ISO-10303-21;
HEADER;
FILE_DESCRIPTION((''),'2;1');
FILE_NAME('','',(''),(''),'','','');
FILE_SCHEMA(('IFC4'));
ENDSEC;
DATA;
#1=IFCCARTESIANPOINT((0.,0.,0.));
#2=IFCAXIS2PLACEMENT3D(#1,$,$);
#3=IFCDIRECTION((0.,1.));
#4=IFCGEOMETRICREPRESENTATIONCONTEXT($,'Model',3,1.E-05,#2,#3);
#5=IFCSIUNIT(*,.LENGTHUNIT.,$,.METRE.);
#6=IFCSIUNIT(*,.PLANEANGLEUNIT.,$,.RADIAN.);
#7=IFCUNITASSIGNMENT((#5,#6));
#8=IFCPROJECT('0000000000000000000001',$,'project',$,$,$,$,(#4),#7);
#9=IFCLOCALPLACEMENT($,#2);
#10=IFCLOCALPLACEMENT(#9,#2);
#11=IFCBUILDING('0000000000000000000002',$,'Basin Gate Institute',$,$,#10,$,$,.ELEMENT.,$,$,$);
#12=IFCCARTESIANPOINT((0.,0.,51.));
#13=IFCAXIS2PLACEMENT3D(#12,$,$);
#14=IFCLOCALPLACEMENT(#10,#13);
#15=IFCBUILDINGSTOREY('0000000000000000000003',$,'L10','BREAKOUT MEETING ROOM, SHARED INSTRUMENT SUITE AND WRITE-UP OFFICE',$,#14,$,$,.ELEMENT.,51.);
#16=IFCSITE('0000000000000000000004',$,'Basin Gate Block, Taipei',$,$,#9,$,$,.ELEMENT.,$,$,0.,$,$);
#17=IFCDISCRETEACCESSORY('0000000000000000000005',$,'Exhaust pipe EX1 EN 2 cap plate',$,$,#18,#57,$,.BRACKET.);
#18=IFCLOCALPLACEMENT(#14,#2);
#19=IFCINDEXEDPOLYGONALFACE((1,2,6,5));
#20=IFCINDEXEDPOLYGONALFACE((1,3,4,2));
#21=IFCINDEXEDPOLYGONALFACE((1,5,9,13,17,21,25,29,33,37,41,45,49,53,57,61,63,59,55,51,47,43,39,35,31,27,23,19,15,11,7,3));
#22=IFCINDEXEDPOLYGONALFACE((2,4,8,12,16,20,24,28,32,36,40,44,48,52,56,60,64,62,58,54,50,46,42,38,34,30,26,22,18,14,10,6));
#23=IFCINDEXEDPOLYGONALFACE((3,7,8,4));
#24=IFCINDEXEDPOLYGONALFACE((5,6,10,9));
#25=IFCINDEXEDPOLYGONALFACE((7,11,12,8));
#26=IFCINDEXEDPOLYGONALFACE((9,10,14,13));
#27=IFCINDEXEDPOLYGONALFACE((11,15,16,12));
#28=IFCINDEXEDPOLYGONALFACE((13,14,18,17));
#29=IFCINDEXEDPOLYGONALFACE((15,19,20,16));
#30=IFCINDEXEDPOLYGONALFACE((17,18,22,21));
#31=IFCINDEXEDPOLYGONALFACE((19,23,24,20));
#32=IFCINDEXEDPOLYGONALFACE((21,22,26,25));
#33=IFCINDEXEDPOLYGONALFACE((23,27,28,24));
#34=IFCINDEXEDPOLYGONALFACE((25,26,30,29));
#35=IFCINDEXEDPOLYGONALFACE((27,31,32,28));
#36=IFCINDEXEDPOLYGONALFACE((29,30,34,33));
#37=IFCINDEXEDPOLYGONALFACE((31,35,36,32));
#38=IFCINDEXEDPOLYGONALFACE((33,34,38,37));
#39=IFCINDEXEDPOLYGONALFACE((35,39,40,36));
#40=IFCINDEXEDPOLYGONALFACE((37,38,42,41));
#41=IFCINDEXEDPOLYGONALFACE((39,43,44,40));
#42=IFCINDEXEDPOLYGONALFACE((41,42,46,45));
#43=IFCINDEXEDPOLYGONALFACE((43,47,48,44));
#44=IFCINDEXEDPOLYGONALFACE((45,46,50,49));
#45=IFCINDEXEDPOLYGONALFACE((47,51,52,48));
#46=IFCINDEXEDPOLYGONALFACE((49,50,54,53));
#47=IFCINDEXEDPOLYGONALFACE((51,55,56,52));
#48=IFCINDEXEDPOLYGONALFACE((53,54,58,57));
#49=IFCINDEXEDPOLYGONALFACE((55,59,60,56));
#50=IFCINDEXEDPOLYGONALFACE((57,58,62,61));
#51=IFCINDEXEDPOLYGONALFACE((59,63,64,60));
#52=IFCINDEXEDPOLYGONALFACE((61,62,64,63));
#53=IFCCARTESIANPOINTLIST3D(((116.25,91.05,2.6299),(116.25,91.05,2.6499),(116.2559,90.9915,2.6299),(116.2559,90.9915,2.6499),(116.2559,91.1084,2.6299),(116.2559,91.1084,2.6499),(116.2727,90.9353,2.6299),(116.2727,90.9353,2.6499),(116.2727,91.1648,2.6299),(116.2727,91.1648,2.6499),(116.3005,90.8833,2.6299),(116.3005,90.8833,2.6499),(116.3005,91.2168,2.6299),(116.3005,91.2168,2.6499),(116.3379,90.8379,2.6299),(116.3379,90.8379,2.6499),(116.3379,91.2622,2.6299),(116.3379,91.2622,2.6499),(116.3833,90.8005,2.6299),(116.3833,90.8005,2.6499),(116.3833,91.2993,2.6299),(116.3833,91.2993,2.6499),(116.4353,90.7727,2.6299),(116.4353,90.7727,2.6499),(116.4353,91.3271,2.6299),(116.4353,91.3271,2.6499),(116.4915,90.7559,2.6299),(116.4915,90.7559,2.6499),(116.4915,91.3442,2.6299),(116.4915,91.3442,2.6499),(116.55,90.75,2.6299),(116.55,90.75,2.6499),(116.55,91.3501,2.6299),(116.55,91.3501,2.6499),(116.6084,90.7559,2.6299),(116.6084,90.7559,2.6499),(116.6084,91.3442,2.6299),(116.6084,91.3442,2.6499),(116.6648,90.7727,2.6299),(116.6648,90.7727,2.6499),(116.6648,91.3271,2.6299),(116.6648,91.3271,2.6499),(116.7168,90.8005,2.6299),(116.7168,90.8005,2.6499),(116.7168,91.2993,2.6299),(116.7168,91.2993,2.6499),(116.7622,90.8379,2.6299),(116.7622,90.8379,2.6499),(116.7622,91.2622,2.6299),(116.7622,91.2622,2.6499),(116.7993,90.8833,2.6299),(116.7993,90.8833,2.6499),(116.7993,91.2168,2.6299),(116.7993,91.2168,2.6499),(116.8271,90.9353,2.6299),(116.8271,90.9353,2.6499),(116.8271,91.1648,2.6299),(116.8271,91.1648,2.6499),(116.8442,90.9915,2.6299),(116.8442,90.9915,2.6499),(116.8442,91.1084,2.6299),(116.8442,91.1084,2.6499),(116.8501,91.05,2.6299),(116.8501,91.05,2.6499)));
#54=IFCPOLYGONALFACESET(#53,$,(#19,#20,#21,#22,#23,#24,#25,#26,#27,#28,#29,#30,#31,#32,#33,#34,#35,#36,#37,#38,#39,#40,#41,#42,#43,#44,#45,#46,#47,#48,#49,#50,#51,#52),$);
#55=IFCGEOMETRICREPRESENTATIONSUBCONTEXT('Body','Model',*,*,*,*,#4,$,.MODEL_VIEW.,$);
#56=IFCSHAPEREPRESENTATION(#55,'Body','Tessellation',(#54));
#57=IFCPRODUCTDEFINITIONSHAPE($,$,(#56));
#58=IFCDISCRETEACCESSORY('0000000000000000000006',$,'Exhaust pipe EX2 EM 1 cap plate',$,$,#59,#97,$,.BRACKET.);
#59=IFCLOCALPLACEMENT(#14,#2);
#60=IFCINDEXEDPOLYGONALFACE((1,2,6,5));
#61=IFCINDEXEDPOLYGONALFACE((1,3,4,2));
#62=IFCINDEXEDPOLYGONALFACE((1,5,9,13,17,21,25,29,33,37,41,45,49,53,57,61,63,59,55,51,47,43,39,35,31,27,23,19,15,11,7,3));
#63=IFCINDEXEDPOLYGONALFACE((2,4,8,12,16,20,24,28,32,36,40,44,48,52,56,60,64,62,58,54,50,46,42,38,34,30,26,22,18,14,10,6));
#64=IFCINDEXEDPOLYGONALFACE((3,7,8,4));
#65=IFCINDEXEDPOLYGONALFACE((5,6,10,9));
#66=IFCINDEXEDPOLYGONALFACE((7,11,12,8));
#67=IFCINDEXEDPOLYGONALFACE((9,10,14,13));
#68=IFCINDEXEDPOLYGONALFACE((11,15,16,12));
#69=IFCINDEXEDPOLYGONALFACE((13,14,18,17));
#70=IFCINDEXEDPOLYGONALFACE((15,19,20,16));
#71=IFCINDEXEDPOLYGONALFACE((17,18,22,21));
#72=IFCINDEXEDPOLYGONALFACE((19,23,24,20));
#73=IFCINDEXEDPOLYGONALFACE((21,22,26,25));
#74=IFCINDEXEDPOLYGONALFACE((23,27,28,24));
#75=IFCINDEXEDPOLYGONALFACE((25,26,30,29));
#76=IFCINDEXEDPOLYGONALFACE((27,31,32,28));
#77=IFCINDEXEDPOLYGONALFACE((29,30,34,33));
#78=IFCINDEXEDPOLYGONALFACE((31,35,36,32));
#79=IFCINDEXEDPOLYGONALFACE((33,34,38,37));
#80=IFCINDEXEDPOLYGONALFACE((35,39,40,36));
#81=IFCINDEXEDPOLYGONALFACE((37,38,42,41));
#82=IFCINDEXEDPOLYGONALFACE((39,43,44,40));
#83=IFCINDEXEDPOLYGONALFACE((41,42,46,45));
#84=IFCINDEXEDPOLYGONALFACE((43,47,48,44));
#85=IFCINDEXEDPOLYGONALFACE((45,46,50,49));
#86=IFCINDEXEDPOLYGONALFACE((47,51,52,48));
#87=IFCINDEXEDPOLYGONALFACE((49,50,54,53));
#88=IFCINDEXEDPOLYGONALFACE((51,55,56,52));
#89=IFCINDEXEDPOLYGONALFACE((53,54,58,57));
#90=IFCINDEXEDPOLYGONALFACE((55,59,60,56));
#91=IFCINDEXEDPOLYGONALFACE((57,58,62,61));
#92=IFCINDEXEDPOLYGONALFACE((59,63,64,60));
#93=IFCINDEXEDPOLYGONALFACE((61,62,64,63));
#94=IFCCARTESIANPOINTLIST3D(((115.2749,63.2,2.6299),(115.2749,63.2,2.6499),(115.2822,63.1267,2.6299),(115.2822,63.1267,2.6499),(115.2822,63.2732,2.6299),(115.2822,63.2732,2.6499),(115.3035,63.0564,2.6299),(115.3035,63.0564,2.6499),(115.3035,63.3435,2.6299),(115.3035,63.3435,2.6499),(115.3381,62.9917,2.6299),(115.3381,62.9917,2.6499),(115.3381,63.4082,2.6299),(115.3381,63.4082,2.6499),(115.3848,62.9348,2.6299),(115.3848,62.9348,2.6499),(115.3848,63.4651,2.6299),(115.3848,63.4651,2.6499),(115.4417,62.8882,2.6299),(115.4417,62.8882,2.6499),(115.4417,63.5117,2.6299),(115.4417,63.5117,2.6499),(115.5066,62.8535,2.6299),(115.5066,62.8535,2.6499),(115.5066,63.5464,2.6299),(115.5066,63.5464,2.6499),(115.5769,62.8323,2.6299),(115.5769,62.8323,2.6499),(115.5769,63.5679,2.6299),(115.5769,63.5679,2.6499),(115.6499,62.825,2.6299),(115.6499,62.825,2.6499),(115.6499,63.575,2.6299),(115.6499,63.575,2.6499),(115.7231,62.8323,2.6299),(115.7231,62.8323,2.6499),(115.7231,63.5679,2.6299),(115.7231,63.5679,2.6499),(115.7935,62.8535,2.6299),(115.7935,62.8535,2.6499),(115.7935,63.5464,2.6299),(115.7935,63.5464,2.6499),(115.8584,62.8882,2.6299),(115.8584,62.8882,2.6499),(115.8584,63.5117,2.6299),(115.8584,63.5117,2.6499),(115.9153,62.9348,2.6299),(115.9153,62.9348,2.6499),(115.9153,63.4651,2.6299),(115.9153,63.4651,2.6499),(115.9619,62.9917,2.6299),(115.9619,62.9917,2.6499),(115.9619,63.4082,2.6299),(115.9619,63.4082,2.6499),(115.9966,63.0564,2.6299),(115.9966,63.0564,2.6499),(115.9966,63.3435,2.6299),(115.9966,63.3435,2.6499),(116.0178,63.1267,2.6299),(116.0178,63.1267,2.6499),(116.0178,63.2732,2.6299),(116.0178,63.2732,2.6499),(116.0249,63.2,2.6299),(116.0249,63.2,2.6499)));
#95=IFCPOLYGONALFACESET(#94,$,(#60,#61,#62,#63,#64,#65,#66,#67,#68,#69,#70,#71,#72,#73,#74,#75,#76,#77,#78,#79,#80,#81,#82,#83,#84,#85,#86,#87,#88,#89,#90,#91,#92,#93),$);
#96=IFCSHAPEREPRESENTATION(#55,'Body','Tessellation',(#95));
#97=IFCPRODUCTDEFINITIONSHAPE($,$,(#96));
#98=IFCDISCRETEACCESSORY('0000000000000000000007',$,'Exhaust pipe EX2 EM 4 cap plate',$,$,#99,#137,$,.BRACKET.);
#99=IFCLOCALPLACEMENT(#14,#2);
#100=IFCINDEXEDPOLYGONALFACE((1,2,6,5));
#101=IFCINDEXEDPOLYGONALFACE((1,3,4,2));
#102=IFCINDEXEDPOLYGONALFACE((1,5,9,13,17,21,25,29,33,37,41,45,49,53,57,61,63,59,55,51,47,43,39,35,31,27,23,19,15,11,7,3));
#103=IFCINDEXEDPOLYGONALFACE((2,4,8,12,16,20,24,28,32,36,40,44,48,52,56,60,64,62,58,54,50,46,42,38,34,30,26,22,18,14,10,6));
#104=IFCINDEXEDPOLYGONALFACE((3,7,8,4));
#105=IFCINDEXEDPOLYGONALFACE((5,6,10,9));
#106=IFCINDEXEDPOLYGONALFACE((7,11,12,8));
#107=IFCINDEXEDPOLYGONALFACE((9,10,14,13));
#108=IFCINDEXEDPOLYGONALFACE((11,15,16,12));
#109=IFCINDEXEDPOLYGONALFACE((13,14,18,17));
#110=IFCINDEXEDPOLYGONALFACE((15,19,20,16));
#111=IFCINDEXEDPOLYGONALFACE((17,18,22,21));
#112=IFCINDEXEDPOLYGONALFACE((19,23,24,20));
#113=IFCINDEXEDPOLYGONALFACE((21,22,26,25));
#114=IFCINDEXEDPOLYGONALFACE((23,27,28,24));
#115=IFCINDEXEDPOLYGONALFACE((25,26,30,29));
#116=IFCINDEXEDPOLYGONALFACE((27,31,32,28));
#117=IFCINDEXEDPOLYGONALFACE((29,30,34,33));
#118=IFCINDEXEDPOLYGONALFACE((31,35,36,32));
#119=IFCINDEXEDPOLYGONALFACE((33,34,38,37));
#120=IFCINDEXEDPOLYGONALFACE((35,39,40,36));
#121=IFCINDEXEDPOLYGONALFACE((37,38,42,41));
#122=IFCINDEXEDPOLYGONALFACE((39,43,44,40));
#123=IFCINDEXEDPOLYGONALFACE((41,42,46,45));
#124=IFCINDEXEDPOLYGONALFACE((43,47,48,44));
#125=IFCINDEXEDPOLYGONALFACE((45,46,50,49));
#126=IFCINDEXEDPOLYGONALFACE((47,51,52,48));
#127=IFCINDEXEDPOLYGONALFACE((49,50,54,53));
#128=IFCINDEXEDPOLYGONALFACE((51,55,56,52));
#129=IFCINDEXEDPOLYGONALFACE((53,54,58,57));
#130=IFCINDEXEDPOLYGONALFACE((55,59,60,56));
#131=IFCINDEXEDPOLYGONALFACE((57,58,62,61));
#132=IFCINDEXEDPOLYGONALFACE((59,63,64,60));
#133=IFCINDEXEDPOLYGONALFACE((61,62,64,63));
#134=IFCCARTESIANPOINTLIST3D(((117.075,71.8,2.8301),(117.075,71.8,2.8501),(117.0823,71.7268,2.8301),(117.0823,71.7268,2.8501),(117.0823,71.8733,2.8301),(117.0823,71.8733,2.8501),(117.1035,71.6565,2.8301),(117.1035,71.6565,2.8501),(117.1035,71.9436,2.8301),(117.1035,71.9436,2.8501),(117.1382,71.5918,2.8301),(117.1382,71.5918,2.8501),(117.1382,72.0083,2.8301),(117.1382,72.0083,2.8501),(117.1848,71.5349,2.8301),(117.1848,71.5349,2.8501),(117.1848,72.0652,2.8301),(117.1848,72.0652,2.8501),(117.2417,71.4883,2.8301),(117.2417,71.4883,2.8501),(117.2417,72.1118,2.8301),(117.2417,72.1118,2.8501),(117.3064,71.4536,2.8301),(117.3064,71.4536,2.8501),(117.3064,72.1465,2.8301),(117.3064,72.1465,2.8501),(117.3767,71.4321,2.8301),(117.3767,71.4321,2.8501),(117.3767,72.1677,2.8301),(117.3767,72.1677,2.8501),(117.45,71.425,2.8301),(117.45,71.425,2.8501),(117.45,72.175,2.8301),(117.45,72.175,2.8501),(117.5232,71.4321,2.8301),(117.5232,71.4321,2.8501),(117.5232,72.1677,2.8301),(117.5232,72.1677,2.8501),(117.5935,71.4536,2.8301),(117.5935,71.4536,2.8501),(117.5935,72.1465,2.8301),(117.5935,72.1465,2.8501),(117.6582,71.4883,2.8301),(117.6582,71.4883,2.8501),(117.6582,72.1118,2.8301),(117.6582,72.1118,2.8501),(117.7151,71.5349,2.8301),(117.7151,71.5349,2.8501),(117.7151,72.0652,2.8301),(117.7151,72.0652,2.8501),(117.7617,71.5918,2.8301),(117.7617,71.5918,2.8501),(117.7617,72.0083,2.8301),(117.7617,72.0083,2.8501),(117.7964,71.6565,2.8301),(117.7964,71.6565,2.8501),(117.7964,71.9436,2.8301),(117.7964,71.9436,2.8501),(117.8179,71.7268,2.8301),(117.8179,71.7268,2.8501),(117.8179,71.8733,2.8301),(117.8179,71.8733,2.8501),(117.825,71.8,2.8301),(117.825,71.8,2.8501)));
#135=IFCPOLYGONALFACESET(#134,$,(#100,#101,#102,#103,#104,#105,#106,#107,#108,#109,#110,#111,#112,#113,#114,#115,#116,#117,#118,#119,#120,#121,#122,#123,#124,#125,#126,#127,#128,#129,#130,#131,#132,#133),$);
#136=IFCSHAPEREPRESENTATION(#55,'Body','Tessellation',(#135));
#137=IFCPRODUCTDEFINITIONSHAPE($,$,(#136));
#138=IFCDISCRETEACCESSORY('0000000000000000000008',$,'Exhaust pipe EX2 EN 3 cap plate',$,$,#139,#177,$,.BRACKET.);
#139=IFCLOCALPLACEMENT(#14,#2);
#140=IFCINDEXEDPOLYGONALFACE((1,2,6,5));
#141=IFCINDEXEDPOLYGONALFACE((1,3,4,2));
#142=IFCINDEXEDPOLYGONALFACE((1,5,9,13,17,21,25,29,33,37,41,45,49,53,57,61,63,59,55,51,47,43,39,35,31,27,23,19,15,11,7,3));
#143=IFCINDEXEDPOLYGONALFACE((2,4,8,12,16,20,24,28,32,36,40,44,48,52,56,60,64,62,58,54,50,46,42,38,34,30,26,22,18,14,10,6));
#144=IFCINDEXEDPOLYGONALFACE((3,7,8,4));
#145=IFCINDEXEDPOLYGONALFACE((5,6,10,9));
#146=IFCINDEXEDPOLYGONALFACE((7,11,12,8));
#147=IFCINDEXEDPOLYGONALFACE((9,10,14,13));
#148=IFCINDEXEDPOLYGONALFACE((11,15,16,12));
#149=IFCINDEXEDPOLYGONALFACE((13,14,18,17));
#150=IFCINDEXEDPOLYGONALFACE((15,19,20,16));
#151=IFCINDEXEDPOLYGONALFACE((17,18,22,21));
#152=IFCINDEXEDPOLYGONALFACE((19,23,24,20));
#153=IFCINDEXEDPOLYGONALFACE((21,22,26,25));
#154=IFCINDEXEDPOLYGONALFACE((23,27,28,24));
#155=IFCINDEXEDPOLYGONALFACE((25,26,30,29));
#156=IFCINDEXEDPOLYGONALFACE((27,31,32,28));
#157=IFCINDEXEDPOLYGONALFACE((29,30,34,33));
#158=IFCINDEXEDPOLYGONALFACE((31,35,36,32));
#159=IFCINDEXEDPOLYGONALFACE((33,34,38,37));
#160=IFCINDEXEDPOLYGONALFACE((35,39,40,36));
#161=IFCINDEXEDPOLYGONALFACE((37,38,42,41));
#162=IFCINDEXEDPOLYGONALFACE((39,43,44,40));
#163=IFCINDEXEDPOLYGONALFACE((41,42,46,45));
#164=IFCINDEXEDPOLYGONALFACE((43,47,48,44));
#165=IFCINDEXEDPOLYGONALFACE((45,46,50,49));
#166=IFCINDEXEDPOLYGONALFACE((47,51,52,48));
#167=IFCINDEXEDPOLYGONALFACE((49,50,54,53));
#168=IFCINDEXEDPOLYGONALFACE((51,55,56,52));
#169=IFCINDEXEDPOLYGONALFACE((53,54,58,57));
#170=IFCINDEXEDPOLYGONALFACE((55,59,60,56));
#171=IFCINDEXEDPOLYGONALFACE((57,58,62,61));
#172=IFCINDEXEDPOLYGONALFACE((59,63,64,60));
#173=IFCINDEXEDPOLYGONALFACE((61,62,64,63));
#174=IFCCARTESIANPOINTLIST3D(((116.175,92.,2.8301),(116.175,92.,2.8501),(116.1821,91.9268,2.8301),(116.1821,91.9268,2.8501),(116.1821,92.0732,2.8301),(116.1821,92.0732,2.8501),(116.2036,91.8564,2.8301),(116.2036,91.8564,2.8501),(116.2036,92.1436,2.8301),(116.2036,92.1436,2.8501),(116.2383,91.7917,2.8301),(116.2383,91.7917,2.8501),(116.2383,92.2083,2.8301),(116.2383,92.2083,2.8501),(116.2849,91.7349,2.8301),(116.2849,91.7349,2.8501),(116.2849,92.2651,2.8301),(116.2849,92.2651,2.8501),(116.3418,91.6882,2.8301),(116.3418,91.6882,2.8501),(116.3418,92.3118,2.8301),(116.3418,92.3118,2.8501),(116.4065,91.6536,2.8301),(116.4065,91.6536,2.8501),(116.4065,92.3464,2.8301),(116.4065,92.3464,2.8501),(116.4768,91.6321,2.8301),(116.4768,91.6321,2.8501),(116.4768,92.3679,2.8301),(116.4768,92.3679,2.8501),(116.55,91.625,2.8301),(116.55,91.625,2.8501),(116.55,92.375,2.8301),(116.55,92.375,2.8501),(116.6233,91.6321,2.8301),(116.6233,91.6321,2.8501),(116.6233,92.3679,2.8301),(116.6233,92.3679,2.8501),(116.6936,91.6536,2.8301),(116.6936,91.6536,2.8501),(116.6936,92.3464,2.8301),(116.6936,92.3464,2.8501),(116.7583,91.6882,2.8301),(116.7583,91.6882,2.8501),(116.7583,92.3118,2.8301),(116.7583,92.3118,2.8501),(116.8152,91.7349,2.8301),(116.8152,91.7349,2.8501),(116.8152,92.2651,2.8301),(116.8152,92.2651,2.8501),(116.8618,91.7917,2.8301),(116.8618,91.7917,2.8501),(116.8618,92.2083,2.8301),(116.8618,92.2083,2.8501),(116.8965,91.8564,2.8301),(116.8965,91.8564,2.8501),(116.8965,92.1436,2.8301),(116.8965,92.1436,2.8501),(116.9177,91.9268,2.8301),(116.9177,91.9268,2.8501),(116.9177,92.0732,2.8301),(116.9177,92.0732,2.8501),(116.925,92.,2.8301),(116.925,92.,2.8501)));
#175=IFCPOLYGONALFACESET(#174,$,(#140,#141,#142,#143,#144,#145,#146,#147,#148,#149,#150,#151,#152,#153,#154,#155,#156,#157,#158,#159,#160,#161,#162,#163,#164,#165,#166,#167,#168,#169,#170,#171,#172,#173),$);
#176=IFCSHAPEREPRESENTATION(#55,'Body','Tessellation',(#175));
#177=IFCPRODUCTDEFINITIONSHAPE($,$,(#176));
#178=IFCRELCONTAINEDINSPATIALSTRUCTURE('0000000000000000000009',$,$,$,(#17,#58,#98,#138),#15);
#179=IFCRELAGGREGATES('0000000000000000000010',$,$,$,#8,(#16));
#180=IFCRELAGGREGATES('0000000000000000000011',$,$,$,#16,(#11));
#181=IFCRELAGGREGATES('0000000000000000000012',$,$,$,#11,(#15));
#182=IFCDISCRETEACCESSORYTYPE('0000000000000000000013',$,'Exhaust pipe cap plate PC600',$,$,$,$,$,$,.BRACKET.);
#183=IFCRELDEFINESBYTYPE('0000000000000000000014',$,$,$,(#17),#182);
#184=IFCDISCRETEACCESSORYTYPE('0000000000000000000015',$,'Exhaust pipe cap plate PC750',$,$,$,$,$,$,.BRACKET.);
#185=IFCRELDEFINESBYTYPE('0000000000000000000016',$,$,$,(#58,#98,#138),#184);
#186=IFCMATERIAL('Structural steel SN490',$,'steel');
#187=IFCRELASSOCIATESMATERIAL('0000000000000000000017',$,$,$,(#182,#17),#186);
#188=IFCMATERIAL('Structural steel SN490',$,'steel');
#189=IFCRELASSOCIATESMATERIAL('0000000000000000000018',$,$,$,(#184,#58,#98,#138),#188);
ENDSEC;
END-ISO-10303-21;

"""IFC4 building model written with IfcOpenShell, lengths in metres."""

from ifc_helpers import new_model, si_unit, direction, frame, origin, place, context, subcontext, project, spatial, polyline, outline, extrude, material, type_object, element, save


model = new_model("IFC4")

# Units and contexts
model_context = context("Model", 3, precision=1e-05, world=origin(), true_north=direction((0.0, 1.0)))
body_context = subcontext(model_context, "Body", "Model", "MODEL_VIEW")
ifc_project = project(units=[si_unit("LENGTHUNIT", "METRE"), si_unit("PLANEANGLEUNIT", "RADIAN")], contexts=[model_context])

# Site, building, storey
site_placement = place(None, origin())
site = spatial("IfcSite", under=ifc_project, at=site_placement, Name="Basin Gate Block, Taipei", CompositionType="ELEMENT", RefElevation=0.0)
building_placement = place(site_placement, origin())
building = spatial("IfcBuilding", under=site, at=building_placement, Name="Basin Gate Institute", CompositionType="ELEMENT")
storey_placement = place(building_placement, frame((0.0, 0.0, 51.0)))
storey = spatial("IfcBuildingStorey", under=building, at=storey_placement, Name="L10", Description="BREAKOUT MEETING ROOM, SHARED INSTRUMENT SUITE AND WRITE-UP OFFICE", CompositionType="ELEMENT", Elevation=51.0)

# Discrete accessories
ifc_material_1 = material(Name="Structural steel SN490", Category="steel")
discrete_accessory_type_1 = type_object("IfcDiscreteAccessoryType", Name="Exhaust pipe cap plate PC600", PredefinedType="BRACKET", material=ifc_material_1)
discrete_accessory_1_placement = place(storey_placement, frame((0.0, 0.0, 2.6299)))
element("IfcDiscreteAccessory", 1, at=discrete_accessory_1_placement, inside=storey, type_object=discrete_accessory_type_1, material=ifc_material_1, Name="Exhaust pipe EX1 EN 2 cap plate", PredefinedType="BRACKET", context=body_context, shape_type="SweptSolid", body=[
    extrude(outline(polyline([(116.8501, 91.05), (116.8442, 91.1084), (116.8271, 91.1648), (116.7993, 91.2168), (116.7622, 91.2622), (116.7168, 91.2993), (116.6648, 91.3271), (116.6084, 91.3442), (116.55, 91.3501), (116.4915, 91.3442), (116.4353, 91.3271), (116.3833, 91.2993), (116.3379, 91.2622), (116.3005, 91.2168), (116.2727, 91.1648), (116.2559, 91.1084), (116.25, 91.05), (116.2559, 90.9915), (116.2727, 90.9353), (116.3005, 90.8833), (116.3379, 90.8379), (116.3833, 90.8005), (116.4353, 90.7727), (116.4915, 90.7559), (116.55, 90.75), (116.6084, 90.7559), (116.6648, 90.7727), (116.7168, 90.8005), (116.7622, 90.8379), (116.7993, 90.8833), (116.8271, 90.9353), (116.8442, 90.9915), (116.8501, 91.05)])), origin(), (0.0, 0.0, 1.0), 0.02),
])
ifc_material_2 = material(Name="Structural steel SN490", Category="steel")
discrete_accessory_type_2 = type_object("IfcDiscreteAccessoryType", Name="Exhaust pipe cap plate PC750", PredefinedType="BRACKET", material=ifc_material_2)
discrete_accessory_2_placement = place(storey_placement, frame((0.0, 0.0, 2.6299)))
element("IfcDiscreteAccessory", 2, at=discrete_accessory_2_placement, inside=storey, type_object=discrete_accessory_type_2, material=ifc_material_2, Name="Exhaust pipe EX2 EM 1 cap plate", PredefinedType="BRACKET", context=body_context, shape_type="SweptSolid", body=[
    extrude(outline(polyline([(116.0249, 63.2), (116.0178, 63.2732), (115.9966, 63.3435), (115.9619, 63.4082), (115.9153, 63.4651), (115.8584, 63.5117), (115.7935, 63.5464), (115.7231, 63.5679), (115.6499, 63.575), (115.5769, 63.5679), (115.5066, 63.5464), (115.4417, 63.5117), (115.3848, 63.4651), (115.3381, 63.4082), (115.3035, 63.3435), (115.2822, 63.2732), (115.2749, 63.2), (115.2822, 63.1267), (115.3035, 63.0564), (115.3381, 62.9917), (115.3848, 62.9348), (115.4417, 62.8882), (115.5066, 62.8535), (115.5769, 62.8323), (115.6499, 62.825), (115.7231, 62.8323), (115.7935, 62.8535), (115.8584, 62.8882), (115.9153, 62.9348), (115.9619, 62.9917), (115.9966, 63.0564), (116.0178, 63.1267), (116.0249, 63.2)])), origin(), (0.0, 0.0, 1.0), 0.02),
])
discrete_accessory_3_placement = place(storey_placement, frame((0.0, 0.0, 2.8301)))
element("IfcDiscreteAccessory", 3, at=discrete_accessory_3_placement, inside=storey, type_object=discrete_accessory_type_2, material=ifc_material_2, Name="Exhaust pipe EX2 EM 4 cap plate", PredefinedType="BRACKET", context=body_context, shape_type="SweptSolid", body=[
    extrude(outline(polyline([(117.825, 71.8), (117.8179, 71.8733), (117.7964, 71.9436), (117.7617, 72.0083), (117.7151, 72.0652), (117.6582, 72.1118), (117.5935, 72.1465), (117.5232, 72.1677), (117.45, 72.175), (117.3767, 72.1677), (117.3064, 72.1465), (117.2417, 72.1118), (117.1848, 72.0652), (117.1382, 72.0083), (117.1035, 71.9436), (117.0823, 71.8733), (117.075, 71.8), (117.0823, 71.7268), (117.1035, 71.6565), (117.1382, 71.5918), (117.1848, 71.5349), (117.2417, 71.4883), (117.3064, 71.4536), (117.3767, 71.4321), (117.45, 71.425), (117.5232, 71.4321), (117.5935, 71.4536), (117.6582, 71.4883), (117.7151, 71.5349), (117.7617, 71.5918), (117.7964, 71.6565), (117.8179, 71.7268), (117.825, 71.8)])), origin(), (0.0, 0.0, 1.0), 0.02),
])
discrete_accessory_4_placement = place(storey_placement, frame((0.0, 0.0, 2.8301)))
element("IfcDiscreteAccessory", 4, at=discrete_accessory_4_placement, inside=storey, type_object=discrete_accessory_type_2, material=ifc_material_2, Name="Exhaust pipe EX2 EN 3 cap plate", PredefinedType="BRACKET", context=body_context, shape_type="SweptSolid", body=[
    extrude(outline(polyline([(116.925, 92.0), (116.9177, 92.0732), (116.8965, 92.1436), (116.8618, 92.2083), (116.8152, 92.2651), (116.7583, 92.3118), (116.6936, 92.3464), (116.6233, 92.3679), (116.55, 92.375), (116.4768, 92.3679), (116.4065, 92.3464), (116.3418, 92.3118), (116.2849, 92.2651), (116.2383, 92.2083), (116.2036, 92.1436), (116.1821, 92.0732), (116.175, 92.0), (116.1821, 91.9268), (116.2036, 91.8564), (116.2383, 91.7917), (116.2849, 91.7349), (116.3418, 91.6882), (116.4065, 91.6536), (116.4768, 91.6321), (116.55, 91.625), (116.6233, 91.6321), (116.6936, 91.6536), (116.7583, 91.6882), (116.8152, 91.7349), (116.8618, 91.7917), (116.8965, 91.8564), (116.9177, 91.9268), (116.925, 92.0)])), origin(), (0.0, 0.0, 1.0), 0.02),
])

save(model, "model.ifc")
